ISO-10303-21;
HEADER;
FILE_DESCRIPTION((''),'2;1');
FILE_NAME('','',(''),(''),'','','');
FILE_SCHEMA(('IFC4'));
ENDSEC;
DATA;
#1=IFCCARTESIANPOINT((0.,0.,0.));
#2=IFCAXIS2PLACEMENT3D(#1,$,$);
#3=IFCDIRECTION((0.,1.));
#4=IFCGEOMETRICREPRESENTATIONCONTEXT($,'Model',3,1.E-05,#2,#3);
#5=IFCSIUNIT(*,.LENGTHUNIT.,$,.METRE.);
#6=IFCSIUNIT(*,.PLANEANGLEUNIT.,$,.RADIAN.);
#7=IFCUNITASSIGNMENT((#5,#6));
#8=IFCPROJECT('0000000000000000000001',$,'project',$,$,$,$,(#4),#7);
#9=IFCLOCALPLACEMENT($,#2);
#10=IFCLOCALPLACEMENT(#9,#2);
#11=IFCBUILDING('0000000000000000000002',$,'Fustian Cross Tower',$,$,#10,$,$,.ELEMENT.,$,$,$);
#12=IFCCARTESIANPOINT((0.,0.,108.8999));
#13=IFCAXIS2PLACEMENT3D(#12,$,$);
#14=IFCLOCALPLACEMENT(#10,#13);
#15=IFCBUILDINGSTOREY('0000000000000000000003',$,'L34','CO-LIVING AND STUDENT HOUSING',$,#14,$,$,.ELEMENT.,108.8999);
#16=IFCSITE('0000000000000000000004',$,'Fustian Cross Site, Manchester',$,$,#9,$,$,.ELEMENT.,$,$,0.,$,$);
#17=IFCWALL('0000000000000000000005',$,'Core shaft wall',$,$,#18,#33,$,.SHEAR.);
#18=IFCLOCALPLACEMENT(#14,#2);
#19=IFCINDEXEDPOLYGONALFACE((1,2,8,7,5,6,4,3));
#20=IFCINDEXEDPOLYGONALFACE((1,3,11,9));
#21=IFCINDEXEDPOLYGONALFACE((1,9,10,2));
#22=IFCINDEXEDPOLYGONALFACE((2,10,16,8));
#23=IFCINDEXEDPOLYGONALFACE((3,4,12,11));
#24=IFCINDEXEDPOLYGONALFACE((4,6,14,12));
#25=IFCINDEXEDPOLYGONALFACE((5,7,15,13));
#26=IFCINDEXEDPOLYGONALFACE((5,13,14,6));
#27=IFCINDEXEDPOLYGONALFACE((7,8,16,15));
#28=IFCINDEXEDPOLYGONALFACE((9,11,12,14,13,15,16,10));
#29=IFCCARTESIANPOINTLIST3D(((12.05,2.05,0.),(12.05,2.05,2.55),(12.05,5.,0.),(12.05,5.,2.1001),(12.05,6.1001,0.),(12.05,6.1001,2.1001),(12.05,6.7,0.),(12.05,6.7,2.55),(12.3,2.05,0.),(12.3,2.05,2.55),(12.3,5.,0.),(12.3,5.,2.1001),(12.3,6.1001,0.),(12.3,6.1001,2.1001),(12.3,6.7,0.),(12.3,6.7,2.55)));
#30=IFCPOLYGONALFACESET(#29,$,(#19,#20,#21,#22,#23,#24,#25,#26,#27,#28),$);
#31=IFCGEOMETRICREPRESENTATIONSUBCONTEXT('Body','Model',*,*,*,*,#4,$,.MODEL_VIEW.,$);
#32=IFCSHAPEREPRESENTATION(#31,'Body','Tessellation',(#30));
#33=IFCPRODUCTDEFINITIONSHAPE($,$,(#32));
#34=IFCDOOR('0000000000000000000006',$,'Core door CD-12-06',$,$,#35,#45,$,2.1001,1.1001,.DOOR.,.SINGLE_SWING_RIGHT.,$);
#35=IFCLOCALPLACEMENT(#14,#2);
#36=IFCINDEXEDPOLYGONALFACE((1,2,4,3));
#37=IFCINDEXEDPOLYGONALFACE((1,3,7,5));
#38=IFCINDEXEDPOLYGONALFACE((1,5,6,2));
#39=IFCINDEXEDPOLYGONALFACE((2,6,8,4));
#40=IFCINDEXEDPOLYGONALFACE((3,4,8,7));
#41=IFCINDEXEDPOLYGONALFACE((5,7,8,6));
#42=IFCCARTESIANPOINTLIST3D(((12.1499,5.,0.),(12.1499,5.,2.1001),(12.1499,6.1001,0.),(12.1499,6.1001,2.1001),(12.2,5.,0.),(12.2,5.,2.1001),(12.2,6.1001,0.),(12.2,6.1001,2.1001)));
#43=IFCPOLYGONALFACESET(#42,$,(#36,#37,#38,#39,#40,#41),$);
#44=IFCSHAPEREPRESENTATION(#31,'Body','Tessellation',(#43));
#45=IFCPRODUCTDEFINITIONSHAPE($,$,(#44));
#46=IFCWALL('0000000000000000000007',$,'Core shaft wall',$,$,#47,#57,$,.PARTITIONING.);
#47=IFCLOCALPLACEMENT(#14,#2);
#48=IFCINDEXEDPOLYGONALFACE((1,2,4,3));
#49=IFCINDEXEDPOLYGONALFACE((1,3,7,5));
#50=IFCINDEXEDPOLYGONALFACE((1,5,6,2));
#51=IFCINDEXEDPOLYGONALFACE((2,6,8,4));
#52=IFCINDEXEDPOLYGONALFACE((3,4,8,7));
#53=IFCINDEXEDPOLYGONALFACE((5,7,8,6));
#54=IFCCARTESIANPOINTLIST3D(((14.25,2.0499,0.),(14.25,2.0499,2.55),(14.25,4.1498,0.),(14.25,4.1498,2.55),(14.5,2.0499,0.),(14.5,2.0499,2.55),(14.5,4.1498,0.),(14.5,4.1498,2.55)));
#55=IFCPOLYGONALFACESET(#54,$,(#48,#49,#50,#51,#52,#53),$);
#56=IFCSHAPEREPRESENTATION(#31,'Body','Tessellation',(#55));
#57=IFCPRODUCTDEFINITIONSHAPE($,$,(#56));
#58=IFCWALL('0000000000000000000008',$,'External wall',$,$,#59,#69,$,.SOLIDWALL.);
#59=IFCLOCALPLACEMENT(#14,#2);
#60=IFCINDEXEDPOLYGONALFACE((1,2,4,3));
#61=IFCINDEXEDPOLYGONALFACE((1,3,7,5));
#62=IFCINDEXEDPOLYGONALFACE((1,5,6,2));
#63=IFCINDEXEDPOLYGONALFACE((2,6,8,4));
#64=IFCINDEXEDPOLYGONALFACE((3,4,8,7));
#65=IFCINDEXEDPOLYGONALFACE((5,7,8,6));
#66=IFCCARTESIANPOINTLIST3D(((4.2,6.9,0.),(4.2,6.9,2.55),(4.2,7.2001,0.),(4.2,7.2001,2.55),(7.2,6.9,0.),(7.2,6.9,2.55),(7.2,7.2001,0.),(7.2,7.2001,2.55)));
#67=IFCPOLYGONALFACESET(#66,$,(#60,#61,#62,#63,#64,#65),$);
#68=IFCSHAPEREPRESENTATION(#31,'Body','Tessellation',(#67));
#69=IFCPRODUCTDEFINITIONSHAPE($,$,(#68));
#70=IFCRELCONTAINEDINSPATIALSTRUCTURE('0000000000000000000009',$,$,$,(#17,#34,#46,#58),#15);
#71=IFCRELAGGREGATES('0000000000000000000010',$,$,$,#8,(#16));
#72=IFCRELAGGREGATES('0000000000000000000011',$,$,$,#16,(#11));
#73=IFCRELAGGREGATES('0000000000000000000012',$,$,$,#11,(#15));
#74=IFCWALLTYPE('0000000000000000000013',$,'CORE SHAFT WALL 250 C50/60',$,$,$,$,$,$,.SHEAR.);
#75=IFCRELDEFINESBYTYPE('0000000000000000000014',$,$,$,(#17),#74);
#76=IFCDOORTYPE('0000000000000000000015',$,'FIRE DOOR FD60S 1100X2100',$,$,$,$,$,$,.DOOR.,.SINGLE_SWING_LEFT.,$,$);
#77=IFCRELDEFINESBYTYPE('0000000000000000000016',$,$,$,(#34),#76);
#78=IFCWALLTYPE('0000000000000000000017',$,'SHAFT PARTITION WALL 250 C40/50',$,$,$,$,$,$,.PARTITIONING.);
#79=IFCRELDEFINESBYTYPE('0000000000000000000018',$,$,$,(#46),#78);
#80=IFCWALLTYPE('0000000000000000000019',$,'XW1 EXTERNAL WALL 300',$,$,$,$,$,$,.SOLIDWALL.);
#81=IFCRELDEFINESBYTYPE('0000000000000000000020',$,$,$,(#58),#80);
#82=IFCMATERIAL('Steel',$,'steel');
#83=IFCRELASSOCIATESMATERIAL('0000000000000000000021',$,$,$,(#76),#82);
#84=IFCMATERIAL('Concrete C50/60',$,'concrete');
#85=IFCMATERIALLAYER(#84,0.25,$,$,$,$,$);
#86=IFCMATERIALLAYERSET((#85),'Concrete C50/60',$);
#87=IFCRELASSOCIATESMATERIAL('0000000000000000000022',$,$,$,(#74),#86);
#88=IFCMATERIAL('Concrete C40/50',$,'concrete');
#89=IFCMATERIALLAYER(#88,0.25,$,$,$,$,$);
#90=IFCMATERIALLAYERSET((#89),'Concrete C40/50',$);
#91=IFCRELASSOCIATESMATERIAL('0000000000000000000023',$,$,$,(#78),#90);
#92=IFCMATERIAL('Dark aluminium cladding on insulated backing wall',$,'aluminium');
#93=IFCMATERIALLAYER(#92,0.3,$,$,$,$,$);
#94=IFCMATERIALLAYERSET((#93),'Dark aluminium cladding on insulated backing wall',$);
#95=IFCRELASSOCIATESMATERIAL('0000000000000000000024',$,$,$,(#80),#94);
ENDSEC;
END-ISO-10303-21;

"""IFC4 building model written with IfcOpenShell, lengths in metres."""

from ifc_helpers import new_model, si_unit, direction, frame, frame_2d, origin, place, context, subcontext, project, spatial, rectangle, extrude, material, layer, layer_set, type_object, element, fill, save


model = new_model("IFC4")

# Units and contexts
model_context = context("Model", 3, precision=1e-05, world=origin(), true_north=direction((0.0, 1.0)))
body_context = subcontext(model_context, "Body", "Model", "MODEL_VIEW")
ifc_project = project(units=[si_unit("LENGTHUNIT", "METRE"), si_unit("PLANEANGLEUNIT", "RADIAN")], contexts=[model_context])

# Site, building, storey
site_placement = place(None, origin())
site = spatial("IfcSite", under=ifc_project, at=site_placement, Name="Fustian Cross Site, Manchester", CompositionType="ELEMENT", RefElevation=0.0)
building_placement = place(site_placement, origin())
building = spatial("IfcBuilding", under=site, at=building_placement, Name="Fustian Cross Tower", CompositionType="ELEMENT")
storey_placement = place(building_placement, frame((0.0, 0.0, 108.8999)))
storey = spatial("IfcBuildingStorey", under=building, at=storey_placement, Name="L34", Description="CO-LIVING AND STUDENT HOUSING", CompositionType="ELEMENT", Elevation=108.8999)

# Shared definitions
ifc_material_1 = material(Name="Steel", Category="steel")
door_type_1 = type_object("IfcDoorType", Name="FIRE DOOR FD60S 1100X2100", OperationType="SINGLE_SWING_LEFT", PredefinedType="DOOR", material=ifc_material_1)

# Shared definitions
ifc_material_2 = material(Name="Concrete C50/60", Category="concrete")
ifc_layer_1 = layer(ifc_material_2, 0.25)
ifc_layer_set_1 = layer_set([ifc_layer_1], Name="Concrete C50/60")
wall_type_1 = type_object("IfcWallType", Name="CORE SHAFT WALL 250 C50/60", PredefinedType="SHEAR", material=ifc_layer_set_1)

# Wall, opening, door
wall_1_placement = place(storey_placement, frame((12.175, 2.05, 0.0), z_axis=(0.0, 0.0, 1.0), x_axis=(0.0, 1.0, 0.0)))
wall_1 = element("IfcWall", 1, at=wall_1_placement, inside=storey, type_object=wall_type_1, Name="Core shaft wall", PredefinedType="SHEAR", context=body_context, shape_type="SweptSolid", body=[
    extrude(rectangle(XDim=4.6499, YDim=0.25, at=frame_2d((2.325, 0.0))), origin(), (0.0, 0.0, 1.0), 2.55),
])
opening_1_placement = place(wall_1_placement, frame((2.95, 0.0, 0.0)))
opening_1 = element("IfcOpeningElement", 2, at=opening_1_placement, cuts=wall_1, PredefinedType="OPENING", context=body_context, shape_type="SweptSolid", body=[
    extrude(rectangle(XDim=1.1001, YDim=2.1001, at=frame_2d((0.55, 1.05))), frame((0.0, 0.135, 0.0), z_axis=(0.0, -1.0, 0.0), x_axis=(1.0, 0.0, 0.0)), (0.0, 0.0, 1.0), 0.27),
])
door_1_placement = place(opening_1_placement, frame((1.1001, 0.0, 0.0), z_axis=(0.0, 0.0, 1.0), x_axis=(-1.0, 0.0, 0.0)))
door_1 = element("IfcDoor", 3, at=door_1_placement, inside=storey, type_object=door_type_1, Name="Core door CD-12-06", OperationType="SINGLE_SWING_RIGHT", OverallHeight=2.1001, OverallWidth=1.1001, PredefinedType="DOOR", context=body_context, shape_type="SweptSolid", body=[
    extrude(rectangle(XDim=1.1001, YDim=2.1001, at=frame_2d((0.55, 1.05))), frame((0.0, 0.0249, 0.0), z_axis=(0.0, -1.0, 0.0), x_axis=(1.0, 0.0, 0.0)), (0.0, 0.0, 1.0), 0.05),
])
fill(opening_1, door_1)

# Walls
ifc_material_3 = material(Name="Concrete C40/50", Category="concrete")
ifc_layer_2 = layer(ifc_material_3, 0.25)
ifc_layer_set_2 = layer_set([ifc_layer_2], Name="Concrete C40/50")
wall_type_2 = type_object("IfcWallType", Name="SHAFT PARTITION WALL 250 C40/50", PredefinedType="PARTITIONING", material=ifc_layer_set_2)
wall_2_placement = place(storey_placement, frame((14.375, 2.05, 0.0), z_axis=(0.0, 0.0, 1.0), x_axis=(0.0, 1.0, 0.0)))
element("IfcWall", 4, at=wall_2_placement, inside=storey, type_object=wall_type_2, Name="Core shaft wall", PredefinedType="PARTITIONING", context=body_context, shape_type="SweptSolid", body=[
    extrude(rectangle(XDim=2.0999, YDim=0.25, at=frame_2d((1.0498, 0.0))), origin(), (0.0, 0.0, 1.0), 2.55),
])
ifc_material_4 = material(Name="Dark aluminium cladding on insulated backing wall", Category="aluminium")
ifc_layer_3 = layer(ifc_material_4, 0.3)
ifc_layer_set_3 = layer_set([ifc_layer_3], Name="Dark aluminium cladding on insulated backing wall")
wall_type_3 = type_object("IfcWallType", Name="XW1 EXTERNAL WALL 300", PredefinedType="SOLIDWALL", material=ifc_layer_set_3)
wall_3_placement = place(storey_placement, frame((7.2, 7.05, 0.0), z_axis=(0.0, 0.0, 1.0), x_axis=(-1.0, 0.0, 0.0)))
element("IfcWall", 5, at=wall_3_placement, inside=storey, type_object=wall_type_3, Name="External wall", PredefinedType="SOLIDWALL", context=body_context, shape_type="SweptSolid", body=[
    extrude(rectangle(XDim=3.0, YDim=0.3, at=frame_2d((1.5, 0.0))), origin(), (0.0, 0.0, 1.0), 2.55),
])

save(model, "model.ifc")
